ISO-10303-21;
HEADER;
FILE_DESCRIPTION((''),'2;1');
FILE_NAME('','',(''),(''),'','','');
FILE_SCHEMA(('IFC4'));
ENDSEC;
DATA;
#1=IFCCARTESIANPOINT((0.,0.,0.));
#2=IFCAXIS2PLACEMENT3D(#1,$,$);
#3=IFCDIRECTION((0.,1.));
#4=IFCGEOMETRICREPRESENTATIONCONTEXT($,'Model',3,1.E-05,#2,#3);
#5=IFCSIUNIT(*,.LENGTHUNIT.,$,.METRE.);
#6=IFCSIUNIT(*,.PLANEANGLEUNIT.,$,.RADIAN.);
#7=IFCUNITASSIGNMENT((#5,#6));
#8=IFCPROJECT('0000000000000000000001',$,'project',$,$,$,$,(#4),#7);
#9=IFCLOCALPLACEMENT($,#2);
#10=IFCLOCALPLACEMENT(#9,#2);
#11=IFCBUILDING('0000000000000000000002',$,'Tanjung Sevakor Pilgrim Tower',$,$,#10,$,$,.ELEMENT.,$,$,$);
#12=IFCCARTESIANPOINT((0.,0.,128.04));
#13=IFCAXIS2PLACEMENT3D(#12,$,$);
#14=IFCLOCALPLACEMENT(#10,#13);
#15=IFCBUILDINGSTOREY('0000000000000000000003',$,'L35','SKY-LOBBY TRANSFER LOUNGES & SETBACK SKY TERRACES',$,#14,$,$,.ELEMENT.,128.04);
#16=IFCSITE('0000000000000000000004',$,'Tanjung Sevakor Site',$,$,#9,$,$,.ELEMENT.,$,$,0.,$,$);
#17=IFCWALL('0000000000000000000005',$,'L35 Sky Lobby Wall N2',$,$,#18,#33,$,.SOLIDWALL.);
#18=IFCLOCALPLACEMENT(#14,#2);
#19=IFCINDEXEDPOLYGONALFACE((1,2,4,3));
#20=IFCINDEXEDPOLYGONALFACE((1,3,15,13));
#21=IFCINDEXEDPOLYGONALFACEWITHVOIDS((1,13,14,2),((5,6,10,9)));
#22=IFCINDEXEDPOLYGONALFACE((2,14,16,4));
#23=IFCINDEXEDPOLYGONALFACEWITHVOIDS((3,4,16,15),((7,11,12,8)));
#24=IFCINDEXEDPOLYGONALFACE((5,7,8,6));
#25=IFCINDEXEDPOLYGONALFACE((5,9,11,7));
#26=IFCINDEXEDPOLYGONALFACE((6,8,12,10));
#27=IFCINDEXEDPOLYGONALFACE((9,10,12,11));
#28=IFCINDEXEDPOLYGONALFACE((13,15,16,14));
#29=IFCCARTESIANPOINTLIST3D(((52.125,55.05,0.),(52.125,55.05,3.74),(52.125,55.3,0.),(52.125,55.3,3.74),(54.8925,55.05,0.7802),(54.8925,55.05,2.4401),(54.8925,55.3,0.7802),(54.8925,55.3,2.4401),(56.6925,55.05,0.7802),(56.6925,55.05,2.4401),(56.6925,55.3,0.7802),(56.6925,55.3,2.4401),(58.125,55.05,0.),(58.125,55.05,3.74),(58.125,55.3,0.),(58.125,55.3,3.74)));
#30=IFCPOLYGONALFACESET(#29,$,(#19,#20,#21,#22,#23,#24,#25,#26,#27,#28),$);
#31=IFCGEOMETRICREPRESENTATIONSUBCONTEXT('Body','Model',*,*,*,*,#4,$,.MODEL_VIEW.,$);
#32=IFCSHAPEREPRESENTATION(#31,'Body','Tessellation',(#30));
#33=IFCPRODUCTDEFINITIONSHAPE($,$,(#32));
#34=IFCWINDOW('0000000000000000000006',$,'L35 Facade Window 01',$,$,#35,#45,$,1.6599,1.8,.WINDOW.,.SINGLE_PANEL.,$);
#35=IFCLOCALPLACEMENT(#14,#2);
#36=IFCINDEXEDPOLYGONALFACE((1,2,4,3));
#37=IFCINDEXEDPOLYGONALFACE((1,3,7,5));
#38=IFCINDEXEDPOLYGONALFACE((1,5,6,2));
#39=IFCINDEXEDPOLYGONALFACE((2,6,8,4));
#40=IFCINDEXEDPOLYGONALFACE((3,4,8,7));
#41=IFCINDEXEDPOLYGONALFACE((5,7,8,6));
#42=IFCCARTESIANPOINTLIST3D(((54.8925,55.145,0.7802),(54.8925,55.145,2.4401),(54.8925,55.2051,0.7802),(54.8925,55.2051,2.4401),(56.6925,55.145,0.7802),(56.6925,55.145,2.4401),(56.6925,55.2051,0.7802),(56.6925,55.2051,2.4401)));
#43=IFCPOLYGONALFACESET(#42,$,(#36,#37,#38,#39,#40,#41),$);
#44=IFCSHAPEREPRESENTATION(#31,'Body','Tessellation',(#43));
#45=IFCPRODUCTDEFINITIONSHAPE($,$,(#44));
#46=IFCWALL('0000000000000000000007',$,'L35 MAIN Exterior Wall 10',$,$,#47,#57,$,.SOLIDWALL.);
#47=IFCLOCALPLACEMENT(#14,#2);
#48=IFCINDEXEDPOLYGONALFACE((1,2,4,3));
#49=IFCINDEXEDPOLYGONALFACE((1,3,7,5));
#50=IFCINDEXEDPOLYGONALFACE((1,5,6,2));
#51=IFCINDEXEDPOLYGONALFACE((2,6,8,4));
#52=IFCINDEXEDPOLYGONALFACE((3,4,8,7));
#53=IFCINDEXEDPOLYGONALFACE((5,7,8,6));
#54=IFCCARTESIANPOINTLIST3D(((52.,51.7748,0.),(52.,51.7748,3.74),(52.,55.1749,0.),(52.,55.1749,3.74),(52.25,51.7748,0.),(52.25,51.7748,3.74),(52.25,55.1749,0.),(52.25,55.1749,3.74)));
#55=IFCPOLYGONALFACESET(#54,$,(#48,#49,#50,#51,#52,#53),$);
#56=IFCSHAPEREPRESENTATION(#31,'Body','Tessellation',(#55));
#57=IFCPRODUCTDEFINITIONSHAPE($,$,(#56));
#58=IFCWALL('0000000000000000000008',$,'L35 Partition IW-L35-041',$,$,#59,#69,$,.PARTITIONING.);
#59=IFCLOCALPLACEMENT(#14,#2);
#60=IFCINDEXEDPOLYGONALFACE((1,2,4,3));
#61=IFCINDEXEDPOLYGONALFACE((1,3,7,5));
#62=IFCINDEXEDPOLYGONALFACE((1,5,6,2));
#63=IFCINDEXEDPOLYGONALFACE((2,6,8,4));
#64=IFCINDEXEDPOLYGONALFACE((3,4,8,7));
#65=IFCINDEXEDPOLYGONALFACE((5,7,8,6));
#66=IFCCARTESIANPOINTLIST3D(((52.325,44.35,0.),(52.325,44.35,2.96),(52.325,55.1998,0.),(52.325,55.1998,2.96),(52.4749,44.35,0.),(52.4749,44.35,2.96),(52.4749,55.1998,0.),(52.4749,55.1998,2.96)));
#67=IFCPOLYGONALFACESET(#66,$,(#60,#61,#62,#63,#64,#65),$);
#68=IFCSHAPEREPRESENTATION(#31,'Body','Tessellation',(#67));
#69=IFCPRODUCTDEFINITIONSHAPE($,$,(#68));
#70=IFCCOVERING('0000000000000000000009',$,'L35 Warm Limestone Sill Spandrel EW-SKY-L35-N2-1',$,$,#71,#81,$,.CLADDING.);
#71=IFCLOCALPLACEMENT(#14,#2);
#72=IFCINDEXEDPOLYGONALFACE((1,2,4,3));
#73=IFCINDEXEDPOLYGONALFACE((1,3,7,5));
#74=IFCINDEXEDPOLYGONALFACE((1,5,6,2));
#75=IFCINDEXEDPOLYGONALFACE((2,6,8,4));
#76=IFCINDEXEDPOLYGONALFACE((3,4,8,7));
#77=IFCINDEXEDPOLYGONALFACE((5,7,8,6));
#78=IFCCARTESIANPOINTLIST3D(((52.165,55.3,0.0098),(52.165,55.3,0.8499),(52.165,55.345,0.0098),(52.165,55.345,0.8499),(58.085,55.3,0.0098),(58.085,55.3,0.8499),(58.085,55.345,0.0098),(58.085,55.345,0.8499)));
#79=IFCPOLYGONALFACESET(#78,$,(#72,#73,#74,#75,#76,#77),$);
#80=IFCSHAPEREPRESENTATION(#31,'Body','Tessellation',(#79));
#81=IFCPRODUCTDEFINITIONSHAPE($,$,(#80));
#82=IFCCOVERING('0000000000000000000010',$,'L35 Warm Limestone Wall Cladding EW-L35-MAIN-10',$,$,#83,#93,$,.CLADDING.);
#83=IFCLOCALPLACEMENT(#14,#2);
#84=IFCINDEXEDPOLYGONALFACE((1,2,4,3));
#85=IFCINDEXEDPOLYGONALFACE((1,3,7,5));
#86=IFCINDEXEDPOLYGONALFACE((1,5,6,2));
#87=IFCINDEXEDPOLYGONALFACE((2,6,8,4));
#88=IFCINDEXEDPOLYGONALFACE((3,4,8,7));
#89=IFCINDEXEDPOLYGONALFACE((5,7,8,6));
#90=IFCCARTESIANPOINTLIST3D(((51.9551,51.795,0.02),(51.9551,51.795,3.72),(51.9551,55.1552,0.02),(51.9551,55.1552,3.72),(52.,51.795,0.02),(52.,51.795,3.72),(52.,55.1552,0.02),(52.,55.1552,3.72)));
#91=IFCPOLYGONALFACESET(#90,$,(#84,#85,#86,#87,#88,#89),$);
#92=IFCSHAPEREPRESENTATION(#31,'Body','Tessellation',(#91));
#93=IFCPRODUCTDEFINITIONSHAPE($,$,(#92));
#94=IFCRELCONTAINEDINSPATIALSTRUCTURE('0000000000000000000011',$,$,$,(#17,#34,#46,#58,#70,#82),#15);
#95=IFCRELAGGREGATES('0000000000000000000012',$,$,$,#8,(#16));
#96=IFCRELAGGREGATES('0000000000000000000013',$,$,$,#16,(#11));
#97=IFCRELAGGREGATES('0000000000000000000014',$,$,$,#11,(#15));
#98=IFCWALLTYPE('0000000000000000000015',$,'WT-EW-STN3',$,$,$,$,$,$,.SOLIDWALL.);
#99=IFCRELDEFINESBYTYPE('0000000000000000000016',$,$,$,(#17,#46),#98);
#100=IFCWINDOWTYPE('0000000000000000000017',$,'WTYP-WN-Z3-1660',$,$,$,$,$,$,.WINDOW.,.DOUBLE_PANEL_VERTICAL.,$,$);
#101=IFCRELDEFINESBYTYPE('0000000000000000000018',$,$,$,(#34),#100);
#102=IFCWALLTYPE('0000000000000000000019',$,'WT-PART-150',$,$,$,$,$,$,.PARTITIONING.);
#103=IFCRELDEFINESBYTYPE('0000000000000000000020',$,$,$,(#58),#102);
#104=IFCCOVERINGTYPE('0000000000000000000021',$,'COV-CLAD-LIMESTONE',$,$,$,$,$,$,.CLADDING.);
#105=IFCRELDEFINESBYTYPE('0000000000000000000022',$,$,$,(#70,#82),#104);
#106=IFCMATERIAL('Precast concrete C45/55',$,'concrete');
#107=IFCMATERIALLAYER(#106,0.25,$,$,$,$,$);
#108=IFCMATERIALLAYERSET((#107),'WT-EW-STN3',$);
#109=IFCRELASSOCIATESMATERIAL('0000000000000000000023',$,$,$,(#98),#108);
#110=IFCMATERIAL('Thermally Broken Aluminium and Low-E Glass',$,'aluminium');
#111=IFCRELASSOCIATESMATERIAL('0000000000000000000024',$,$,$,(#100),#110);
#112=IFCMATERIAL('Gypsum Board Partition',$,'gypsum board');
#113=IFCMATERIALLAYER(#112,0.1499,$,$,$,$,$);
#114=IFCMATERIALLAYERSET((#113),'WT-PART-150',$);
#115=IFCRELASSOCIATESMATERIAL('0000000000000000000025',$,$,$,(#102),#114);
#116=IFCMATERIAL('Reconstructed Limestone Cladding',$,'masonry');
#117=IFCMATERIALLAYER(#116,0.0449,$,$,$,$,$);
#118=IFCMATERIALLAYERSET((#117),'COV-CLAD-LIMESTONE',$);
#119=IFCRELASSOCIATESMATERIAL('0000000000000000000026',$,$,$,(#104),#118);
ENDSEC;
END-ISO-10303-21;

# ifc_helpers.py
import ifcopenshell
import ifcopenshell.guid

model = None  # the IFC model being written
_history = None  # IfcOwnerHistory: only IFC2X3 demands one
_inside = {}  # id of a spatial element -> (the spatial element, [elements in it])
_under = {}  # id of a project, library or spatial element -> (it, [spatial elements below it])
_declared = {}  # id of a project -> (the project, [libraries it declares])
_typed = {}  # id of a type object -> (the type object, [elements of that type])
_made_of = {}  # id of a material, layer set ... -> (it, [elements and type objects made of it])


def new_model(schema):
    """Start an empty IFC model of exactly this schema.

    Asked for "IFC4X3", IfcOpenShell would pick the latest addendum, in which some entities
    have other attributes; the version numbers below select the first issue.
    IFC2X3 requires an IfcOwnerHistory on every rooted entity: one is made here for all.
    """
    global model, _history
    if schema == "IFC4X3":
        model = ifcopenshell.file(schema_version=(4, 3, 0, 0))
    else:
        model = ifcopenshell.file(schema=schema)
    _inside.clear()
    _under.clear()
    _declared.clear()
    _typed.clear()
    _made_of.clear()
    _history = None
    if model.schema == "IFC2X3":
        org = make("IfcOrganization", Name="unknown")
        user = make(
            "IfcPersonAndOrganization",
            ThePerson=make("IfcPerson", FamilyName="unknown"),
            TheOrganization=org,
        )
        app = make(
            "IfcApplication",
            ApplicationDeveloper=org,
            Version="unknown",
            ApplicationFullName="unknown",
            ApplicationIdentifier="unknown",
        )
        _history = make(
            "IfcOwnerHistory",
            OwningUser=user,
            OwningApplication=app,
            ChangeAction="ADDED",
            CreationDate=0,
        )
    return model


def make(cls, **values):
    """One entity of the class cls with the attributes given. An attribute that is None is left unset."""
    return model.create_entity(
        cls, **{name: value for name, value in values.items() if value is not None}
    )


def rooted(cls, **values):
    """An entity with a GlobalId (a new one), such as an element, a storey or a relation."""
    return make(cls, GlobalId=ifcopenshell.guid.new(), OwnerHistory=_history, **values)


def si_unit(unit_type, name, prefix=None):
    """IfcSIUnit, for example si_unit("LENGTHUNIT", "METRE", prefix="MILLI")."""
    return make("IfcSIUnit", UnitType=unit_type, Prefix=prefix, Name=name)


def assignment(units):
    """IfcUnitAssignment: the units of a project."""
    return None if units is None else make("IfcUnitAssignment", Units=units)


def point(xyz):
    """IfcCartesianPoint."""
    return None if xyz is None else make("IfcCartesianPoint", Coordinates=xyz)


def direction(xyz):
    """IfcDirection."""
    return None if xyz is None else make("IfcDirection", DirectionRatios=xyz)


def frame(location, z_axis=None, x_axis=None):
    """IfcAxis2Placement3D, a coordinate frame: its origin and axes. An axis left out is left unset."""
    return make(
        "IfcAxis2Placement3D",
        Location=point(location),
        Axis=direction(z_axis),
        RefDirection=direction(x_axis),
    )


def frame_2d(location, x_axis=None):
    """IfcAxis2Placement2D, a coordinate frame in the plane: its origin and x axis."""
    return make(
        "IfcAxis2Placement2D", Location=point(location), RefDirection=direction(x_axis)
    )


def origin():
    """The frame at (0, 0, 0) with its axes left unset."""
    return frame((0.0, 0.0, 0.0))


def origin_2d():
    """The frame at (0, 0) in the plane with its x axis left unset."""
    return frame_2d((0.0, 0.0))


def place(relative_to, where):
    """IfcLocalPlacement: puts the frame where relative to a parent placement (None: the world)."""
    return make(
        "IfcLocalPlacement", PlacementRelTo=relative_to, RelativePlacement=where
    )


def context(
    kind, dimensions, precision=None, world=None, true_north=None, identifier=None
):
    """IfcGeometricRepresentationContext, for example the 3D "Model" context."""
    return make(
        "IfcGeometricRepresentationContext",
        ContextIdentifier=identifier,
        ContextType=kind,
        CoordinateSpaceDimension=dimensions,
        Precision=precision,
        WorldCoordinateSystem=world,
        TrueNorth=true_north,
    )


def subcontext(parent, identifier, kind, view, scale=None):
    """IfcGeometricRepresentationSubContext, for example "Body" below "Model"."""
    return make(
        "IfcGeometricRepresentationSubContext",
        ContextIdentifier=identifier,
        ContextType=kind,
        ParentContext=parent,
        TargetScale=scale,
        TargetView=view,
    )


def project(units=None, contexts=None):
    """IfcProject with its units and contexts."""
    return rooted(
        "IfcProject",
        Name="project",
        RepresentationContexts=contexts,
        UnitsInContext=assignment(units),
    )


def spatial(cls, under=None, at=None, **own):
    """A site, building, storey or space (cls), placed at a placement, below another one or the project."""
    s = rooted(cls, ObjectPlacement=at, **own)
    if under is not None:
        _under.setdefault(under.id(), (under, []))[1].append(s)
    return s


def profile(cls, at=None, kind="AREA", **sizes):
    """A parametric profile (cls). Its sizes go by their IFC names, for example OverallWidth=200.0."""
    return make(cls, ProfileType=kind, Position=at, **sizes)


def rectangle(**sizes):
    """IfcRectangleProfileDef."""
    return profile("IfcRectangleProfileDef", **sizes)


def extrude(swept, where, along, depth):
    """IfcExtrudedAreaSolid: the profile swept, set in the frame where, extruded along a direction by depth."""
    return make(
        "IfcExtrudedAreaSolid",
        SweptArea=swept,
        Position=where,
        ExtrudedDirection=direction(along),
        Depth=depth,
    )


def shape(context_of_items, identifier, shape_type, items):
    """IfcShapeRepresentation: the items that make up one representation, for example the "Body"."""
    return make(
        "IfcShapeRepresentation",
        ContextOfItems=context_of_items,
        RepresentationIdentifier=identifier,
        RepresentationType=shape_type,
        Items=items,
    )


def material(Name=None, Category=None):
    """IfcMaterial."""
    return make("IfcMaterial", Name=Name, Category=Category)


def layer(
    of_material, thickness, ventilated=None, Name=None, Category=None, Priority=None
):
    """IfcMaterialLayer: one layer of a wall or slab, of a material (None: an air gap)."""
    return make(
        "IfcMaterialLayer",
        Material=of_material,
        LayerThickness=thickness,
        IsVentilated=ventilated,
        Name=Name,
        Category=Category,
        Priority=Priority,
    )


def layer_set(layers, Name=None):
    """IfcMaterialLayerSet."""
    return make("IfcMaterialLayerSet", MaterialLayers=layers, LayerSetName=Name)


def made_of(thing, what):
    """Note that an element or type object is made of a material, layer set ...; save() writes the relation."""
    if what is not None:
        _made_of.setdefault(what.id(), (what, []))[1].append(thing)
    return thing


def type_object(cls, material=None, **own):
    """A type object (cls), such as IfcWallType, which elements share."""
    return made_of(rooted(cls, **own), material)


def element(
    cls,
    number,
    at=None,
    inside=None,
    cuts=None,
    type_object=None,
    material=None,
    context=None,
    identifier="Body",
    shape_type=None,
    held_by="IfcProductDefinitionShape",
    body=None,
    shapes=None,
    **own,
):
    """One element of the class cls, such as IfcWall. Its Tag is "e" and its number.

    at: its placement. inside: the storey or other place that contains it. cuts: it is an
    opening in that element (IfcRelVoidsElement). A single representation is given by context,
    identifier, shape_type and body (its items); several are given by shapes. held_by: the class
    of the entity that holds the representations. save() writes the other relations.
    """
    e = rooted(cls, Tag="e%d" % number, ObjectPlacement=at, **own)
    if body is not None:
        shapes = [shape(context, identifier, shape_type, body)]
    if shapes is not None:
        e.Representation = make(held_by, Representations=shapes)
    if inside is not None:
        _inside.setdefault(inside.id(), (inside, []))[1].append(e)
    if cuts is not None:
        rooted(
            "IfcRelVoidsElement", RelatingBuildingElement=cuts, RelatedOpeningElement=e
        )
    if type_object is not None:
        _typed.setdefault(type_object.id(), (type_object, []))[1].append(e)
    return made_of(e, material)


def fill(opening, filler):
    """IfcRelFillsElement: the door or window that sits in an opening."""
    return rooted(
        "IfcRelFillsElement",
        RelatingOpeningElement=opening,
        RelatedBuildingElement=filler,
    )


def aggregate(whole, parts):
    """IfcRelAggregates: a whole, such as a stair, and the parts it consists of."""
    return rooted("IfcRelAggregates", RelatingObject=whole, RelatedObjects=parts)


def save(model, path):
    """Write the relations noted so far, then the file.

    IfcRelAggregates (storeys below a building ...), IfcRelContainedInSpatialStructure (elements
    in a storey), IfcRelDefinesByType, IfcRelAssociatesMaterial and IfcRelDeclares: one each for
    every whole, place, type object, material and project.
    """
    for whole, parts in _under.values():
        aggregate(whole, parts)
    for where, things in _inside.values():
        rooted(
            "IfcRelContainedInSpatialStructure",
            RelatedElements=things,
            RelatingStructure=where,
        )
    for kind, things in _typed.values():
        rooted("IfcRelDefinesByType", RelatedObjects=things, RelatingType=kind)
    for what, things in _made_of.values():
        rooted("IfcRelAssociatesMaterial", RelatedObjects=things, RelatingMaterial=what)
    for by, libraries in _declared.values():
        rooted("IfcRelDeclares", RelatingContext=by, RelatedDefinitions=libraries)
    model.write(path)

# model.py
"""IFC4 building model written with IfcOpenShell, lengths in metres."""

from ifc_helpers import new_model, si_unit, direction, frame, frame_2d, origin, origin_2d, place, context, subcontext, project, spatial, rectangle, extrude, material, layer, layer_set, type_object, element, fill, save


model = new_model("IFC4")

# Units and contexts
model_context = context("Model", 3, precision=1e-05, world=origin(), true_north=direction((0.0, 1.0)))
body_context = subcontext(model_context, "Body", "Model", "MODEL_VIEW")
ifc_project = project(units=[si_unit("LENGTHUNIT", "METRE"), si_unit("PLANEANGLEUNIT", "RADIAN")], contexts=[model_context])

# Site, building, storey
site_placement = place(None, origin())
site = spatial("IfcSite", under=ifc_project, at=site_placement, Name="Tanjung Sevakor Site", CompositionType="ELEMENT", RefElevation=0.0)
building_placement = place(site_placement, origin())
building = spatial("IfcBuilding", under=site, at=building_placement, Name="Tanjung Sevakor Pilgrim Tower", CompositionType="ELEMENT")
storey_placement = place(building_placement, frame((0.0, 0.0, 128.04)))
storey = spatial("IfcBuildingStorey", under=building, at=storey_placement, Name="L35", Description="SKY-LOBBY TRANSFER LOUNGES & SETBACK SKY TERRACES", CompositionType="ELEMENT", Elevation=128.04)

# Wall, opening, window
ifc_material_1 = material(Name="Precast concrete C45/55", Category="concrete")
ifc_layer_1 = layer(ifc_material_1, 0.25)
ifc_layer_set_1 = layer_set([ifc_layer_1], Name="WT-EW-STN3")
wall_type_1 = type_object("IfcWallType", Name="WT-EW-STN3", PredefinedType="SOLIDWALL", material=ifc_layer_set_1)
wall_1_placement = place(storey_placement, frame((58.125, 55.175, 0.0), z_axis=(0.0, 0.0, 1.0), x_axis=(-1.0, 0.0, 0.0)))
wall_1 = element("IfcWall", 1, at=wall_1_placement, inside=storey, type_object=wall_type_1, Name="L35 Sky Lobby Wall N2", PredefinedType="SOLIDWALL", context=body_context, shape_type="SweptSolid", body=[
    extrude(rectangle(XDim=6.0, YDim=0.25, at=frame_2d((3.0, 0.0))), origin(), (0.0, 0.0, 1.0), 3.74),
])
opening_placement = place(wall_1_placement, frame((1.4326, 0.0, 0.78)))
opening = element("IfcOpeningElement", 2, at=opening_placement, cuts=wall_1, PredefinedType="OPENING", context=body_context, shape_type="SweptSolid", body=[
    extrude(rectangle(XDim=1.8, YDim=1.6599, at=frame_2d((0.8999, 0.8301))), frame((0.0, 0.135, 0.0), z_axis=(0.0, -1.0, 0.0), x_axis=(1.0, 0.0, 0.0)), (0.0, 0.0, 1.0), 0.27),
])
ifc_material_2 = material(Name="Thermally Broken Aluminium and Low-E Glass", Category="aluminium")
window_type = type_object("IfcWindowType", Name="WTYP-WN-Z3-1660", PartitioningType="DOUBLE_PANEL_VERTICAL", PredefinedType="WINDOW", material=ifc_material_2)
window_placement = place(opening_placement, origin())
window = element("IfcWindow", 3, at=window_placement, inside=storey, type_object=window_type, Name="L35 Facade Window 01", OverallHeight=1.6599, OverallWidth=1.8, PartitioningType="SINGLE_PANEL", PredefinedType="WINDOW", context=body_context, shape_type="SweptSolid", body=[
    extrude(rectangle(XDim=1.8, YDim=1.6599, at=frame_2d((0.8999, 0.8301))), frame((0.0, 0.03, 0.0), z_axis=(0.0, -1.0, 0.0), x_axis=(1.0, 0.0, 0.0)), (0.0, 0.0, 1.0), 0.0601),
])
fill(opening, window)

# Walls
wall_2_placement = place(storey_placement, frame((52.125, 55.175, 0.0), z_axis=(0.0, 0.0, 1.0), x_axis=(0.0, -1.0, 0.0)))
element("IfcWall", 4, at=wall_2_placement, inside=storey, type_object=wall_type_1, Name="L35 MAIN Exterior Wall 10", PredefinedType="SOLIDWALL", context=body_context, shape_type="SweptSolid", body=[
    extrude(rectangle(XDim=3.4001, YDim=0.25, at=frame_2d((1.7002, 0.0))), origin(), (0.0, 0.0, 1.0), 3.74),
])
ifc_material_3 = material(Name="Gypsum Board Partition", Category="gypsum board")
ifc_layer_2 = layer(ifc_material_3, 0.1499)
ifc_layer_set_2 = layer_set([ifc_layer_2], Name="WT-PART-150")
wall_type_2 = type_object("IfcWallType", Name="WT-PART-150", PredefinedType="PARTITIONING", material=ifc_layer_set_2)
wall_3_placement = place(storey_placement, frame((52.3999, 44.3501, 0.0), z_axis=(0.0, 0.0, 1.0), x_axis=(0.0, 1.0, 0.0)))
element("IfcWall", 5, at=wall_3_placement, inside=storey, type_object=wall_type_2, Name="L35 Partition IW-L35-041", PredefinedType="PARTITIONING", context=body_context, shape_type="SweptSolid", body=[
    extrude(rectangle(XDim=10.8499, YDim=0.1499, at=frame_2d((5.4248, 0.0))), origin(), (0.0, 0.0, 1.0), 2.96),
])

# Coverings
ifc_material_4 = material(Name="Reconstructed Limestone Cladding", Category="masonry")
ifc_layer_3 = layer(ifc_material_4, 0.0449)
ifc_layer_set_3 = layer_set([ifc_layer_3], Name="COV-CLAD-LIMESTONE")
covering_type = type_object("IfcCoveringType", Name="COV-CLAD-LIMESTONE", PredefinedType="CLADDING", material=ifc_layer_set_3)
covering_1_placement = place(storey_placement, frame((55.125, 55.3225, 0.0098), z_axis=(0.0, 0.0, 1.0), x_axis=(-1.0, 0.0, 0.0)))
element("IfcCovering", 6, at=covering_1_placement, inside=storey, type_object=covering_type, Name="L35 Warm Limestone Sill Spandrel EW-SKY-L35-N2-1", PredefinedType="CLADDING", context=body_context, shape_type="SweptSolid", body=[
    extrude(rectangle(XDim=5.9199, YDim=0.0449, at=origin_2d()), origin(), (0.0, 0.0, 1.0), 0.8401),
])
covering_2_placement = place(storey_placement, frame((51.9775, 53.4751, 0.02), z_axis=(0.0, 0.0, 1.0), x_axis=(0.0, -1.0, 0.0)))
element("IfcCovering", 7, at=covering_2_placement, inside=storey, type_object=covering_type, Name="L35 Warm Limestone Wall Cladding EW-L35-MAIN-10", PredefinedType="CLADDING", context=body_context, shape_type="SweptSolid", body=[
    extrude(rectangle(XDim=3.3601, YDim=0.0449, at=origin_2d()), origin(), (0.0, 0.0, 1.0), 3.7),
])

save(model, "model.ifc")
